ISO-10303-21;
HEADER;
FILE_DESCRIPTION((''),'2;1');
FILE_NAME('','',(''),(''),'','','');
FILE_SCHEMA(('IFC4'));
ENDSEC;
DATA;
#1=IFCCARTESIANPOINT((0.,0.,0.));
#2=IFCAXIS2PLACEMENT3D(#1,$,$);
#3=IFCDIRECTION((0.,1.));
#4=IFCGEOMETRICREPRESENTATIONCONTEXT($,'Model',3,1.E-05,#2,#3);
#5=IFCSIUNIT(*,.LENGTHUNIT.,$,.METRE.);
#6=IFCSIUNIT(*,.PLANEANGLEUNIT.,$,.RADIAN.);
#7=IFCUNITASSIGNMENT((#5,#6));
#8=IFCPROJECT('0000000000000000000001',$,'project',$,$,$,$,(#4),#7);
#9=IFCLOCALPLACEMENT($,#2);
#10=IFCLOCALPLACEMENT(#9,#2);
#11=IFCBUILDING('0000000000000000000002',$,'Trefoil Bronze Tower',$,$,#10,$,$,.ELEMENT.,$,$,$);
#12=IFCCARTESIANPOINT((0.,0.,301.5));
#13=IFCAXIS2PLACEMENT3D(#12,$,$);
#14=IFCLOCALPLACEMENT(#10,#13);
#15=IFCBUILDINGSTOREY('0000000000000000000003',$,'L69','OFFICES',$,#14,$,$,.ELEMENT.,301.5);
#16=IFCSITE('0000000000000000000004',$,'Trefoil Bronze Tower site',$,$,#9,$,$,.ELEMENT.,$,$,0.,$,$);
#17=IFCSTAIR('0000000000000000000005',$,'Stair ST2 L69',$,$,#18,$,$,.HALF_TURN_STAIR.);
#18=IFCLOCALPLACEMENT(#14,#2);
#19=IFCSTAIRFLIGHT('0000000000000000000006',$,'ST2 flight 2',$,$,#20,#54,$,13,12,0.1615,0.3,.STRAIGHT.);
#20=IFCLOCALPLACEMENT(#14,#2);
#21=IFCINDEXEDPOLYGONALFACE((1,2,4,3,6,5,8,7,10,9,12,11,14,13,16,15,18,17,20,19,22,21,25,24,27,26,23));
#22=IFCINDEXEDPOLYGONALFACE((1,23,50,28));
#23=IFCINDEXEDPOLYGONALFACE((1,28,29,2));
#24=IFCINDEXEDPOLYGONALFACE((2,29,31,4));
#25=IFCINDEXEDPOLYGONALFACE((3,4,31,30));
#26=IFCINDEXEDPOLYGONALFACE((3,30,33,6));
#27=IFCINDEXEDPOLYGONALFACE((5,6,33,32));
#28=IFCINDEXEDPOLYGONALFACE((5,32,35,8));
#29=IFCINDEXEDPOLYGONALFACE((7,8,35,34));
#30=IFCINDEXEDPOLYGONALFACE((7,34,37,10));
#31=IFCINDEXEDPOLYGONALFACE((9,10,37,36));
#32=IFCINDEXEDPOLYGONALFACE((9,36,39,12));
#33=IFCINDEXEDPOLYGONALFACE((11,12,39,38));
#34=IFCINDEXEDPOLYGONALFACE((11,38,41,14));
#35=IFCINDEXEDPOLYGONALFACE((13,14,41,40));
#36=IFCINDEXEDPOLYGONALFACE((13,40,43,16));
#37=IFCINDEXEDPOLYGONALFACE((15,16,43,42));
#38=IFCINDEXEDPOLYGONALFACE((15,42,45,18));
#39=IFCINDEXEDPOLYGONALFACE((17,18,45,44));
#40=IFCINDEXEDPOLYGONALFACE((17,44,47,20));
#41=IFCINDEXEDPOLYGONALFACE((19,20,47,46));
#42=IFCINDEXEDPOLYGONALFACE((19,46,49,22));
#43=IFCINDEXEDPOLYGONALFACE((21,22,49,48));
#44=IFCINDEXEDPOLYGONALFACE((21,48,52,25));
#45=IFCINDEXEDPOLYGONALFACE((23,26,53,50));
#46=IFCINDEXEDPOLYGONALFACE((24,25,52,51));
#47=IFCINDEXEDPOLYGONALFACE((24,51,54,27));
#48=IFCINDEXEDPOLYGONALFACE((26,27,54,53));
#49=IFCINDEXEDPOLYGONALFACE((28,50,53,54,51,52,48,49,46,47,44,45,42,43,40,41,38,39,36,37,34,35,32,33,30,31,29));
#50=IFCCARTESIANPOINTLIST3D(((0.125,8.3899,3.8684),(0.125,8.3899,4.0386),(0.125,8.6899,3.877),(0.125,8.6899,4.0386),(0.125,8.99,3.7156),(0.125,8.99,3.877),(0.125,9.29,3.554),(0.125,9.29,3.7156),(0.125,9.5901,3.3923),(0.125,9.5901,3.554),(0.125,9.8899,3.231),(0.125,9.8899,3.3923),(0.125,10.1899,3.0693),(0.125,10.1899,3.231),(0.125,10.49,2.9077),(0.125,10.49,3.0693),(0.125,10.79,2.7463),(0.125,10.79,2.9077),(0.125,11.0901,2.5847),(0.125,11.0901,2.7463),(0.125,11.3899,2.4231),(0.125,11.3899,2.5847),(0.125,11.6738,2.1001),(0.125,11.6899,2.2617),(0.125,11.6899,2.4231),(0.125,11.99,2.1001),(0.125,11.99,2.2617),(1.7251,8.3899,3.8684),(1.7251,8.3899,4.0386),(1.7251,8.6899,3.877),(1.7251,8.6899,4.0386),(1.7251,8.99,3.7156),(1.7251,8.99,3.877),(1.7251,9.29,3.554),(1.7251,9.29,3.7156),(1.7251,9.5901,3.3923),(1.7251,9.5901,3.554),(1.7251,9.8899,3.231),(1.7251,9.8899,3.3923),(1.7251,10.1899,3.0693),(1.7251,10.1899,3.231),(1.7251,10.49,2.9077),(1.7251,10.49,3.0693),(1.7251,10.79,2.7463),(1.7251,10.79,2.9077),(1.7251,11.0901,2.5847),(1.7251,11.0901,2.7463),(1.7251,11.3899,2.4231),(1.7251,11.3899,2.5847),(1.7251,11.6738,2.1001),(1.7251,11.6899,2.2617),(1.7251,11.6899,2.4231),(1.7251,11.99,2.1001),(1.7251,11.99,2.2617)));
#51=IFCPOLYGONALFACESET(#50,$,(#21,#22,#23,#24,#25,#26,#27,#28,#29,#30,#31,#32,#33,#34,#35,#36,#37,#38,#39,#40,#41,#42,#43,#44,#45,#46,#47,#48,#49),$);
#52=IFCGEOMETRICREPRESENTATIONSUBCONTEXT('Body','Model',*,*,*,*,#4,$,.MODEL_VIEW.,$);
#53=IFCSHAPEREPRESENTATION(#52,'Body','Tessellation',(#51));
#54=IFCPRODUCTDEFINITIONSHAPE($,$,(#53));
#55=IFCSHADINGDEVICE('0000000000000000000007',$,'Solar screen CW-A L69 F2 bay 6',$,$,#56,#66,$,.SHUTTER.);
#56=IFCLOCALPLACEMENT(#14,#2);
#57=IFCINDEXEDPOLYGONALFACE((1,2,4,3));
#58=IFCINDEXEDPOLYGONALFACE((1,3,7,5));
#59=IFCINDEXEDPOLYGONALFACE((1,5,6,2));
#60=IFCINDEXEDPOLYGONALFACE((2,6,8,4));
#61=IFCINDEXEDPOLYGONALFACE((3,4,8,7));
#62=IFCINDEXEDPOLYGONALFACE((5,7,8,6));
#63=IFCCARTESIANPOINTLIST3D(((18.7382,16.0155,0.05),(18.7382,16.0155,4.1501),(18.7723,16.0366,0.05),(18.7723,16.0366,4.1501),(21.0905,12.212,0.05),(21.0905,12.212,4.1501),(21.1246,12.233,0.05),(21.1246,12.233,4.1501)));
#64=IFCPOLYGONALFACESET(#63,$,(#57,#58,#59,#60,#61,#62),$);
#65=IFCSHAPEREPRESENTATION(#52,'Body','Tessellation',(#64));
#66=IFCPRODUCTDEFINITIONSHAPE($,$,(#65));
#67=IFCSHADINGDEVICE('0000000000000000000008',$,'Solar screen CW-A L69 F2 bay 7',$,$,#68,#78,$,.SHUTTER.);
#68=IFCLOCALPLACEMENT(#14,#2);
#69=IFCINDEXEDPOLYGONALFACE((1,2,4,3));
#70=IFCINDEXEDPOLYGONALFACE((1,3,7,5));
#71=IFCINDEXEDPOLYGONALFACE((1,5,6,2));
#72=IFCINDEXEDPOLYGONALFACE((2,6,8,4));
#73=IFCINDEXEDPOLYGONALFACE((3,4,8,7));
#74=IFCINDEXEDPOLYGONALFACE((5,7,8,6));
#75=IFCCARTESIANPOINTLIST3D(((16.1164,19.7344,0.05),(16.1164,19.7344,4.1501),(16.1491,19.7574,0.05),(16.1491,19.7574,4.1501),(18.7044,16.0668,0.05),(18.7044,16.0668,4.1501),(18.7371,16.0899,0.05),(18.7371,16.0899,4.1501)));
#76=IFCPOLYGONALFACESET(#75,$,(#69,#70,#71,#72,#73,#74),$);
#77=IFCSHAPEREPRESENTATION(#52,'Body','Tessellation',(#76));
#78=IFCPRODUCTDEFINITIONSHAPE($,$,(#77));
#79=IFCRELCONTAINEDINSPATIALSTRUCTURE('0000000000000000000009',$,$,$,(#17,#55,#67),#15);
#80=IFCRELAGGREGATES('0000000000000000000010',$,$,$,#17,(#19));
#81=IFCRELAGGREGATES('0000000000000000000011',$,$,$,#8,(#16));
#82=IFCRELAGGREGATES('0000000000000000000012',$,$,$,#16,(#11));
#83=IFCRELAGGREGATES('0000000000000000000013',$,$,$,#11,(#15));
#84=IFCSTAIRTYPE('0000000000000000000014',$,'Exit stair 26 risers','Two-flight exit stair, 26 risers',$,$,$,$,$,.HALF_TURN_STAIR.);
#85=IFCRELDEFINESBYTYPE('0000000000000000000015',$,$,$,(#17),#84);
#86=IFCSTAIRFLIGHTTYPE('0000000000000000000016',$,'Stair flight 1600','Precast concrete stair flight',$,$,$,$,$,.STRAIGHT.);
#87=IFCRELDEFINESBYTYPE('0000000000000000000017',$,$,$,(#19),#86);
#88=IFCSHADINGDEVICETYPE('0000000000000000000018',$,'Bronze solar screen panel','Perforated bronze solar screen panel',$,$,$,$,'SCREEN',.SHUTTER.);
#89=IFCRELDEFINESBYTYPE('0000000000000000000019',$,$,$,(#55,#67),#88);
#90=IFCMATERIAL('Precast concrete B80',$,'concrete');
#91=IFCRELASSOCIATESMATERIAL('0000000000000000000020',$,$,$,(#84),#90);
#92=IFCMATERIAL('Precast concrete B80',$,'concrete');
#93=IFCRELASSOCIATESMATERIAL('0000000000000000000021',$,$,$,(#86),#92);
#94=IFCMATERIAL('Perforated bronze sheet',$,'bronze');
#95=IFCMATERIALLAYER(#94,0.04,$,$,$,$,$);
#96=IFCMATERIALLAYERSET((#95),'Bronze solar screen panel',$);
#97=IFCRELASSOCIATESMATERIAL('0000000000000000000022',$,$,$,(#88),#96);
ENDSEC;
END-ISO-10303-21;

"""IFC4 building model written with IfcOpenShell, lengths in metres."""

from ifc_helpers import new_model, si_unit, direction, frame, origin, origin_2d, place, context, subcontext, project, spatial, polyline, rectangle, outline, extrude, material, layer, layer_set, type_object, element, aggregate, save


model = new_model("IFC4")

# Units and contexts
model_context = context("Model", 3, precision=1e-05, world=origin(), true_north=direction((0.0, 1.0)))
body_context = subcontext(model_context, "Body", "Model", "MODEL_VIEW")
ifc_project = project(units=[si_unit("LENGTHUNIT", "METRE"), si_unit("PLANEANGLEUNIT", "RADIAN")], contexts=[model_context])

# Site, building, storey
site_placement = place(None, origin())
site = spatial("IfcSite", under=ifc_project, at=site_placement, Name="Trefoil Bronze Tower site", CompositionType="ELEMENT", RefElevation=0.0)
building_placement = place(site_placement, origin())
building = spatial("IfcBuilding", under=site, at=building_placement, Name="Trefoil Bronze Tower", CompositionType="ELEMENT")
storey_placement = place(building_placement, frame((0.0, 0.0, 301.5)))
storey = spatial("IfcBuildingStorey", under=building, at=storey_placement, Name="L69", Description="OFFICES", CompositionType="ELEMENT", Elevation=301.5)

# Stair, stair flight
ifc_material_1 = material(Name="Precast concrete B80", Category="concrete")
stair_type = type_object("IfcStairType", Name="Exit stair 26 risers", Description="Two-flight exit stair, 26 risers", PredefinedType="HALF_TURN_STAIR", material=ifc_material_1)
stair_placement = place(storey_placement, origin())
stair = element("IfcStair", 1, at=stair_placement, inside=storey, type_object=stair_type, Name="Stair ST2 L69", PredefinedType="HALF_TURN_STAIR")
ifc_material_2 = material(Name="Precast concrete B80", Category="concrete")
stair_flight_type = type_object("IfcStairFlightType", Name="Stair flight 1600", Description="Precast concrete stair flight", PredefinedType="STRAIGHT", material=ifc_material_2)
stair_flight_placement = place(storey_placement, frame((0.925, 11.99, 2.1001), z_axis=(0.0, 0.0, 1.0), x_axis=(0.0, -1.0, 0.0)))
stair_flight = element("IfcStairFlight", 2, at=stair_flight_placement, type_object=stair_flight_type, Name="ST2 flight 2", NumberOfRisers=13, NumberOfTreads=12, PredefinedType="STRAIGHT", RiserHeight=0.1615, TreadLength=0.3, context=body_context, shape_type="SweptSolid", body=[
    extrude(outline(polyline([(0.0, 0.0), (0.0, 0.1616), (0.3, 0.1616), (0.3, 0.323), (0.6001, 0.323), (0.6001, 0.4846), (0.8999, 0.4846), (0.8999, 0.6462), (1.2, 0.6462), (1.2, 0.8076), (1.5, 0.8076), (1.5, 0.9692), (1.8, 0.9692), (1.8, 1.1309), (2.1001, 1.1309), (2.1001, 1.2922), (2.3999, 1.2922), (2.3999, 1.4539), (2.7, 1.4539), (2.7, 1.6155), (3.0, 1.6155), (3.0, 1.7769), (3.3, 1.7769), (3.3, 1.9385), (3.6001, 1.9385), (3.6001, 2.1001), (3.6001, 1.7683), (0.3162, 0.0), (0.0, 0.0)])), frame((0.0, 0.8, 0.0), z_axis=(0.0, -1.0, 0.0), x_axis=(1.0, 0.0, 0.0)), (0.0, 0.0, 1.0), 1.6001),
])
aggregate(stair, [stair_flight])

# Shading devices
ifc_material_3 = material(Name="Perforated bronze sheet", Category="bronze")
ifc_layer_1 = layer(ifc_material_3, 0.04)
ifc_layer_set_1 = layer_set([ifc_layer_1], Name="Bronze solar screen panel")
shading_device_type = type_object("IfcShadingDeviceType", Name="Bronze solar screen panel", Description="Perforated bronze solar screen panel", ElementType="SCREEN", PredefinedType="SHUTTER", material=ifc_layer_set_1)
shading_device_1_placement = place(storey_placement, frame((19.9314, 14.1243, 0.05), z_axis=(0.0, 0.0, 1.0), x_axis=(-0.52598, 0.850497, 0.0)))
element("IfcShadingDevice", 3, at=shading_device_1_placement, inside=storey, type_object=shading_device_type, Name="Solar screen CW-A L69 F2 bay 6", PredefinedType="SHUTTER", context=body_context, shape_type="SweptSolid", body=[
    extrude(rectangle(XDim=4.4722, YDim=0.04, at=origin_2d()), origin(), (0.0, 0.0, 1.0), 4.1001),
])
shading_device_2_placement = place(storey_placement, frame((17.4268, 17.9121, 0.05), z_axis=(0.0, 0.0, 1.0), x_axis=(-0.576561, 0.817054, 0.0)))
element("IfcShadingDevice", 4, at=shading_device_2_placement, inside=storey, type_object=shading_device_type, Name="Solar screen CW-A L69 F2 bay 7", PredefinedType="SHUTTER", context=body_context, shape_type="SweptSolid", body=[
    extrude(rectangle(XDim=4.4888, YDim=0.04, at=origin_2d()), origin(), (0.0, 0.0, 1.0), 4.1001),
])

save(model, "model.ifc")
